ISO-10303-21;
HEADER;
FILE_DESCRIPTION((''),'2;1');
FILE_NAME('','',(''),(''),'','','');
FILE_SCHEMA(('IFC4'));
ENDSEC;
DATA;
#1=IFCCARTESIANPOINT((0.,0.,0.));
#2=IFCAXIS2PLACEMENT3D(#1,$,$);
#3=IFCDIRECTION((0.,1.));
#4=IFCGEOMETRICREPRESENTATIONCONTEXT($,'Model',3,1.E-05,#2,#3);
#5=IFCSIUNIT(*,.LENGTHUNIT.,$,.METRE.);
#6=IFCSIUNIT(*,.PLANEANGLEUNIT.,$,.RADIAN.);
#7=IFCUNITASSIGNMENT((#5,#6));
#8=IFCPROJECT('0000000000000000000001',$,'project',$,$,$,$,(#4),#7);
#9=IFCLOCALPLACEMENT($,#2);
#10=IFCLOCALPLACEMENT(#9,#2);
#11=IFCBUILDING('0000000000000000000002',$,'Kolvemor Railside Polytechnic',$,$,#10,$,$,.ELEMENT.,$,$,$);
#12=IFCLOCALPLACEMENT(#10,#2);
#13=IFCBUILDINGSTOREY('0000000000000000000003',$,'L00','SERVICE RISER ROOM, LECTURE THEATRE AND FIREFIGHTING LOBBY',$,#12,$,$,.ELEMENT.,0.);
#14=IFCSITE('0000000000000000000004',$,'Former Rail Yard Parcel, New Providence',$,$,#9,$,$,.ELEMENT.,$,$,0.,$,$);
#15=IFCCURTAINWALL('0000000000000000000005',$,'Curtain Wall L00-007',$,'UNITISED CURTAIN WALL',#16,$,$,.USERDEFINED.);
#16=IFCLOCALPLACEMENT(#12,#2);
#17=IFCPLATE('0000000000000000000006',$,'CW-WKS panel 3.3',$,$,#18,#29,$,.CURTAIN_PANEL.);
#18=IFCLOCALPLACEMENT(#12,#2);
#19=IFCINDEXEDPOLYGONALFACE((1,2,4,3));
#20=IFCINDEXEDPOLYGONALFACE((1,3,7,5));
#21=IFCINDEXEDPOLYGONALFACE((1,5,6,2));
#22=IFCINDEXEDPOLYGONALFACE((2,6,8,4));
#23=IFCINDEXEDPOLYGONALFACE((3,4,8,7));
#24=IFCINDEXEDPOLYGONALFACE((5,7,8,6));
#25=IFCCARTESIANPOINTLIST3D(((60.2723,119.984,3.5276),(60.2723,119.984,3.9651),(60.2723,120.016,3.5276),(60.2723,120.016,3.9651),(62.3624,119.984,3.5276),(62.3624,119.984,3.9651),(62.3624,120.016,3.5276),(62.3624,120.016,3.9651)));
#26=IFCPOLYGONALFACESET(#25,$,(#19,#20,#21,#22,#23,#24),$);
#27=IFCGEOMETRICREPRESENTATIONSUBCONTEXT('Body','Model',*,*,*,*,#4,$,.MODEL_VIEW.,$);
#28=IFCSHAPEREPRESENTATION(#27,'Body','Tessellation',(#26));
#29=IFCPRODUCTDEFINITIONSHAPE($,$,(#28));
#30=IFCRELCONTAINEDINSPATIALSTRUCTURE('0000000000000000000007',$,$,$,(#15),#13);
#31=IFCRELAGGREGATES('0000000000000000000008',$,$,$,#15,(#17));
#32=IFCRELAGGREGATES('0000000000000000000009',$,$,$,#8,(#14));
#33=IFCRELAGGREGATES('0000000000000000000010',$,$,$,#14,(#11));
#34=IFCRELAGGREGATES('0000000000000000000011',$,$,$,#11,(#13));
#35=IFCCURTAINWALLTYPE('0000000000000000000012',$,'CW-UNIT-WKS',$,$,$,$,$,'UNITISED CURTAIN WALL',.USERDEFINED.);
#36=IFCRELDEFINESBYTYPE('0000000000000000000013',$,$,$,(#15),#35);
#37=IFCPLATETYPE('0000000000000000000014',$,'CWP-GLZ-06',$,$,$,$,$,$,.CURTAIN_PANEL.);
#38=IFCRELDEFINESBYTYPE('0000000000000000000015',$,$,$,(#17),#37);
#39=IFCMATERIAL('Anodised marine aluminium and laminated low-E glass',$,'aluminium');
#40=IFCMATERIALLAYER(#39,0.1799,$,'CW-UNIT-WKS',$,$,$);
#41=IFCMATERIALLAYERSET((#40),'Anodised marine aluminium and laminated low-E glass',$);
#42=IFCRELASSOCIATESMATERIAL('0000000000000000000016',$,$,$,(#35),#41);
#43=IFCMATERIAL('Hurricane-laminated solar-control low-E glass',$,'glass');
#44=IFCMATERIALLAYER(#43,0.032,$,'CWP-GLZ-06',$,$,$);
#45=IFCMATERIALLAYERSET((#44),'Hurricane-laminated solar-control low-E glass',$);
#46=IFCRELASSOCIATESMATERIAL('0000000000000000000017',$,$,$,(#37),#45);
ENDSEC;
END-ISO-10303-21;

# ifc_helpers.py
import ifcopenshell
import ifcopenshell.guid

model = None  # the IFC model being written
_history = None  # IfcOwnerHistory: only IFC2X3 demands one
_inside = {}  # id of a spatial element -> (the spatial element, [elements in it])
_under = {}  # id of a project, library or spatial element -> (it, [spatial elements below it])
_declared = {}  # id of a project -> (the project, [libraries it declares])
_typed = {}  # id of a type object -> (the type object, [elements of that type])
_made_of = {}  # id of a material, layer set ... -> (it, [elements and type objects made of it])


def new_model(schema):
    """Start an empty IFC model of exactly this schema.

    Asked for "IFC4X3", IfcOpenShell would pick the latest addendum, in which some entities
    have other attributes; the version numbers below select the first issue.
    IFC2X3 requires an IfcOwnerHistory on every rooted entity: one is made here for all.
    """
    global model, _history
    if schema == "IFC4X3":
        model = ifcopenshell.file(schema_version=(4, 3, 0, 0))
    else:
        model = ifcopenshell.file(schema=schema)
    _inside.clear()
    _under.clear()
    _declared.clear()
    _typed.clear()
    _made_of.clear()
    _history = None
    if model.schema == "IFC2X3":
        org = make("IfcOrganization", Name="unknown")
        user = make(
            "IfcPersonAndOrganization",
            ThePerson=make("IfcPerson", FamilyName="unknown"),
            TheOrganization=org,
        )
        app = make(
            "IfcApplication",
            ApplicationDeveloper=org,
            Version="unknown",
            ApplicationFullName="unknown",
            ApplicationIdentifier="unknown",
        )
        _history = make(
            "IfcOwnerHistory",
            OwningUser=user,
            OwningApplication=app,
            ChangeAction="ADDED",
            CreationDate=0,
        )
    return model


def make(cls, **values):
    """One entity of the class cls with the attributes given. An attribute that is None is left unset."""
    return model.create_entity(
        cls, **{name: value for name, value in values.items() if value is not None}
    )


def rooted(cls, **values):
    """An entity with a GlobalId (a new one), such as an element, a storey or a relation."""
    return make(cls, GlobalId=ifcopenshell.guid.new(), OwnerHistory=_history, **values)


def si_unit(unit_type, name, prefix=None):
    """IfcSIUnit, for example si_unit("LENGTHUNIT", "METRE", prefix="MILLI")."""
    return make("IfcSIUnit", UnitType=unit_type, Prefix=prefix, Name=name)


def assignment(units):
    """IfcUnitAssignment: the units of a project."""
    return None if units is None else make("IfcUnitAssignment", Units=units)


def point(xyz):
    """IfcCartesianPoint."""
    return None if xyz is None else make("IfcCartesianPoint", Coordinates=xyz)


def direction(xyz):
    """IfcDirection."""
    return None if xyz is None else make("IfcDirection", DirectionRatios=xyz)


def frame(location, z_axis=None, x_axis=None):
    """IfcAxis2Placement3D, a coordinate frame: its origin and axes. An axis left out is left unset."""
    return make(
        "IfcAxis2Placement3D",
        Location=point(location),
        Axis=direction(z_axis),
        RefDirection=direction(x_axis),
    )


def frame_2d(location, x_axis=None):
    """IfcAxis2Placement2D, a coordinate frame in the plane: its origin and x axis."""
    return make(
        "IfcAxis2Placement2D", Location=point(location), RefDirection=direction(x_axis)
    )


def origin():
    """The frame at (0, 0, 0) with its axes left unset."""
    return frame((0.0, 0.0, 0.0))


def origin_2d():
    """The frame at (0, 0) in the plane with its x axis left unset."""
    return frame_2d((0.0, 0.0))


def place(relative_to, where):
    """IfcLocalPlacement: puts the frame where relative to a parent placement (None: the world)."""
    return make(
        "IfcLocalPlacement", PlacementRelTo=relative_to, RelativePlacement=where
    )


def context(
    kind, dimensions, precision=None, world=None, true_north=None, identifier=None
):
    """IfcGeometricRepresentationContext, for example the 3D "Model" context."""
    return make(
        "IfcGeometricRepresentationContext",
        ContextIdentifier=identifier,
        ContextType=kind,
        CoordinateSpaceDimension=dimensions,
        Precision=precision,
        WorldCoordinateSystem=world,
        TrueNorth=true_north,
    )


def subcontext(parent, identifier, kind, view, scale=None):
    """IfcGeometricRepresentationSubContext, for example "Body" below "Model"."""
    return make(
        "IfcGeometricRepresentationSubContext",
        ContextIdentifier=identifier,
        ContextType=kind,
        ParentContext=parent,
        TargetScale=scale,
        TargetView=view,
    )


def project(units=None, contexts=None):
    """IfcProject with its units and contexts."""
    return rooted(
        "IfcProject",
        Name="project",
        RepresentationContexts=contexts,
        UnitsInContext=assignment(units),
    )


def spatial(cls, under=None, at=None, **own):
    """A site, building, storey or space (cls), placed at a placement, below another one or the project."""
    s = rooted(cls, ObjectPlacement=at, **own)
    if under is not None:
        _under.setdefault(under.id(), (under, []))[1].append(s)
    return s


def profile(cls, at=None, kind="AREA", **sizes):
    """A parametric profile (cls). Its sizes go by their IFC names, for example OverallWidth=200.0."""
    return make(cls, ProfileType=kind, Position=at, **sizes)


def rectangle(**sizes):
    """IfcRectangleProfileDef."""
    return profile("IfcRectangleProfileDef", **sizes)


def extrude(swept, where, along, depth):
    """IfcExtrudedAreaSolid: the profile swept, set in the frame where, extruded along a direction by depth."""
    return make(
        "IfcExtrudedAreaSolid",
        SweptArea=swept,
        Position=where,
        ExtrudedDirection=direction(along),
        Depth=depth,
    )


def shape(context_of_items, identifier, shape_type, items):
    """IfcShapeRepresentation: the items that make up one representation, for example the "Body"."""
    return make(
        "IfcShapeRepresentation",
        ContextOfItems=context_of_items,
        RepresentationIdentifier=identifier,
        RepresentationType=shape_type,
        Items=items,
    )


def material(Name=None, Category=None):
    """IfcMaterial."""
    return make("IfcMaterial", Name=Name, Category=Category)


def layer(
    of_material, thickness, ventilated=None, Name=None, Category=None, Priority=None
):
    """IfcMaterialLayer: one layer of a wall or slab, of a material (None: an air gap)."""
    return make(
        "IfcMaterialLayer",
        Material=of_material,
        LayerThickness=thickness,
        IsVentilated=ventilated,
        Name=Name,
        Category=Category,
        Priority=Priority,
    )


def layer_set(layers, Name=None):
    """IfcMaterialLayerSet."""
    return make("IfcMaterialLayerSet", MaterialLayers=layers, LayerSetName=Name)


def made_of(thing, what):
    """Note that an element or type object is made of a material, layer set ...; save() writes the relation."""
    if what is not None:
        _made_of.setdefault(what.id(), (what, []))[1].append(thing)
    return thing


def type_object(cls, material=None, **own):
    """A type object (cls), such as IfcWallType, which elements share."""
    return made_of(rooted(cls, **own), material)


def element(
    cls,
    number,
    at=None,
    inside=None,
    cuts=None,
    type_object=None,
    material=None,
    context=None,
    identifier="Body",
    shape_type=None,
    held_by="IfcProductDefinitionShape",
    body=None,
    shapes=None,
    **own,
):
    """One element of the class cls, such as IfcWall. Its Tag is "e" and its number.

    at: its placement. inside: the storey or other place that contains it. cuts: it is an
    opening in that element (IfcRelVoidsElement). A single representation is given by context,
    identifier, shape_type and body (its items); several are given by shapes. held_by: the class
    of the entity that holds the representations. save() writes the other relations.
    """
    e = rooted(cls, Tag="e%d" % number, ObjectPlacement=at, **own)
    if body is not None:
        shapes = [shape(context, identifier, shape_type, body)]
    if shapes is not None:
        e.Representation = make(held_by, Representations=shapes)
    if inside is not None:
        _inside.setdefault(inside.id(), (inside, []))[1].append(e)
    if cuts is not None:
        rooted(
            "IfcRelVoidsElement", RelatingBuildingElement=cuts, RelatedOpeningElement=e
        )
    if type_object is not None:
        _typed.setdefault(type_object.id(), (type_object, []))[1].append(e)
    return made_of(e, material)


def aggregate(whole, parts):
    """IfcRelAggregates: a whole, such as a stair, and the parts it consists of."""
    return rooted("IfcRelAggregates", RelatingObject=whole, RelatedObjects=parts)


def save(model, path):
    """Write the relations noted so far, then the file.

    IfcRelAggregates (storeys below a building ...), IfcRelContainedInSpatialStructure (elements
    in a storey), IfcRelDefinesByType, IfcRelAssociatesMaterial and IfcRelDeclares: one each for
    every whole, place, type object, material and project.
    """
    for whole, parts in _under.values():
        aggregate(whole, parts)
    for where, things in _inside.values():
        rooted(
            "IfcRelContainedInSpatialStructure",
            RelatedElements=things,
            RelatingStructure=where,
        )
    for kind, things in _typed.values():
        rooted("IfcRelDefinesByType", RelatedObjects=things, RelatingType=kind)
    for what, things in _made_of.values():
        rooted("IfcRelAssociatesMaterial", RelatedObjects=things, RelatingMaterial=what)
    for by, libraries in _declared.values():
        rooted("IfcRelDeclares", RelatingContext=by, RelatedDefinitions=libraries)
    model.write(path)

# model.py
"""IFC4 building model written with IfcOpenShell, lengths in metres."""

from ifc_helpers import new_model, si_unit, direction, frame, origin, origin_2d, place, context, subcontext, project, spatial, rectangle, extrude, material, layer, layer_set, type_object, element, aggregate, save


model = new_model("IFC4")

# Units and contexts
model_context = context("Model", 3, precision=1e-05, world=origin(), true_north=direction((0.0, 1.0)))
body_context = subcontext(model_context, "Body", "Model", "MODEL_VIEW")
ifc_project = project(units=[si_unit("LENGTHUNIT", "METRE"), si_unit("PLANEANGLEUNIT", "RADIAN")], contexts=[model_context])

# Site, building, storey
site_placement = place(None, origin())
site = spatial("IfcSite", under=ifc_project, at=site_placement, Name="Former Rail Yard Parcel, New Providence", CompositionType="ELEMENT", RefElevation=0.0)
building_placement = place(site_placement, origin())
building = spatial("IfcBuilding", under=site, at=building_placement, Name="Kolvemor Railside Polytechnic", CompositionType="ELEMENT")
storey_placement = place(building_placement, origin())
storey = spatial("IfcBuildingStorey", under=building, at=storey_placement, Name="L00", Description="SERVICE RISER ROOM, LECTURE THEATRE AND FIREFIGHTING LOBBY", CompositionType="ELEMENT", Elevation=0.0)

# Curtain wall, plate
ifc_material_1 = material(Name="Anodised marine aluminium and laminated low-E glass", Category="aluminium")
ifc_layer_1 = layer(ifc_material_1, 0.1799, Name="CW-UNIT-WKS")
ifc_layer_set_1 = layer_set([ifc_layer_1], Name="Anodised marine aluminium and laminated low-E glass")
curtain_wall_type = type_object("IfcCurtainWallType", Name="CW-UNIT-WKS", ElementType="UNITISED CURTAIN WALL", PredefinedType="USERDEFINED", material=ifc_layer_set_1)
curtain_wall_placement = place(storey_placement, origin())
curtain_wall = element("IfcCurtainWall", 1, at=curtain_wall_placement, inside=storey, type_object=curtain_wall_type, Name="Curtain Wall L00-007", ObjectType="UNITISED CURTAIN WALL", PredefinedType="USERDEFINED")
ifc_material_2 = material(Name="Hurricane-laminated solar-control low-E glass", Category="glass")
ifc_layer_2 = layer(ifc_material_2, 0.032, Name="CWP-GLZ-06")
ifc_layer_set_2 = layer_set([ifc_layer_2], Name="Hurricane-laminated solar-control low-E glass")
plate_type = type_object("IfcPlateType", Name="CWP-GLZ-06", PredefinedType="CURTAIN_PANEL", material=ifc_layer_set_2)
plate_1_placement = place(storey_placement, frame((61.3174, 120.0, 3.5276), z_axis=(0.0, 0.0, 1.0), x_axis=(-1.0, 0.0, 0.0)))
plate_1 = element("IfcPlate", 2, at=plate_1_placement, type_object=plate_type, Name="CW-WKS panel 3.3", PredefinedType="CURTAIN_PANEL", context=body_context, shape_type="SweptSolid", body=[
    extrude(rectangle(XDim=2.0901, YDim=0.032, at=origin_2d()), origin(), (0.0, 0.0, 1.0), 0.4375),
])
aggregate(curtain_wall, [plate_1])

save(model, "model.ifc")
